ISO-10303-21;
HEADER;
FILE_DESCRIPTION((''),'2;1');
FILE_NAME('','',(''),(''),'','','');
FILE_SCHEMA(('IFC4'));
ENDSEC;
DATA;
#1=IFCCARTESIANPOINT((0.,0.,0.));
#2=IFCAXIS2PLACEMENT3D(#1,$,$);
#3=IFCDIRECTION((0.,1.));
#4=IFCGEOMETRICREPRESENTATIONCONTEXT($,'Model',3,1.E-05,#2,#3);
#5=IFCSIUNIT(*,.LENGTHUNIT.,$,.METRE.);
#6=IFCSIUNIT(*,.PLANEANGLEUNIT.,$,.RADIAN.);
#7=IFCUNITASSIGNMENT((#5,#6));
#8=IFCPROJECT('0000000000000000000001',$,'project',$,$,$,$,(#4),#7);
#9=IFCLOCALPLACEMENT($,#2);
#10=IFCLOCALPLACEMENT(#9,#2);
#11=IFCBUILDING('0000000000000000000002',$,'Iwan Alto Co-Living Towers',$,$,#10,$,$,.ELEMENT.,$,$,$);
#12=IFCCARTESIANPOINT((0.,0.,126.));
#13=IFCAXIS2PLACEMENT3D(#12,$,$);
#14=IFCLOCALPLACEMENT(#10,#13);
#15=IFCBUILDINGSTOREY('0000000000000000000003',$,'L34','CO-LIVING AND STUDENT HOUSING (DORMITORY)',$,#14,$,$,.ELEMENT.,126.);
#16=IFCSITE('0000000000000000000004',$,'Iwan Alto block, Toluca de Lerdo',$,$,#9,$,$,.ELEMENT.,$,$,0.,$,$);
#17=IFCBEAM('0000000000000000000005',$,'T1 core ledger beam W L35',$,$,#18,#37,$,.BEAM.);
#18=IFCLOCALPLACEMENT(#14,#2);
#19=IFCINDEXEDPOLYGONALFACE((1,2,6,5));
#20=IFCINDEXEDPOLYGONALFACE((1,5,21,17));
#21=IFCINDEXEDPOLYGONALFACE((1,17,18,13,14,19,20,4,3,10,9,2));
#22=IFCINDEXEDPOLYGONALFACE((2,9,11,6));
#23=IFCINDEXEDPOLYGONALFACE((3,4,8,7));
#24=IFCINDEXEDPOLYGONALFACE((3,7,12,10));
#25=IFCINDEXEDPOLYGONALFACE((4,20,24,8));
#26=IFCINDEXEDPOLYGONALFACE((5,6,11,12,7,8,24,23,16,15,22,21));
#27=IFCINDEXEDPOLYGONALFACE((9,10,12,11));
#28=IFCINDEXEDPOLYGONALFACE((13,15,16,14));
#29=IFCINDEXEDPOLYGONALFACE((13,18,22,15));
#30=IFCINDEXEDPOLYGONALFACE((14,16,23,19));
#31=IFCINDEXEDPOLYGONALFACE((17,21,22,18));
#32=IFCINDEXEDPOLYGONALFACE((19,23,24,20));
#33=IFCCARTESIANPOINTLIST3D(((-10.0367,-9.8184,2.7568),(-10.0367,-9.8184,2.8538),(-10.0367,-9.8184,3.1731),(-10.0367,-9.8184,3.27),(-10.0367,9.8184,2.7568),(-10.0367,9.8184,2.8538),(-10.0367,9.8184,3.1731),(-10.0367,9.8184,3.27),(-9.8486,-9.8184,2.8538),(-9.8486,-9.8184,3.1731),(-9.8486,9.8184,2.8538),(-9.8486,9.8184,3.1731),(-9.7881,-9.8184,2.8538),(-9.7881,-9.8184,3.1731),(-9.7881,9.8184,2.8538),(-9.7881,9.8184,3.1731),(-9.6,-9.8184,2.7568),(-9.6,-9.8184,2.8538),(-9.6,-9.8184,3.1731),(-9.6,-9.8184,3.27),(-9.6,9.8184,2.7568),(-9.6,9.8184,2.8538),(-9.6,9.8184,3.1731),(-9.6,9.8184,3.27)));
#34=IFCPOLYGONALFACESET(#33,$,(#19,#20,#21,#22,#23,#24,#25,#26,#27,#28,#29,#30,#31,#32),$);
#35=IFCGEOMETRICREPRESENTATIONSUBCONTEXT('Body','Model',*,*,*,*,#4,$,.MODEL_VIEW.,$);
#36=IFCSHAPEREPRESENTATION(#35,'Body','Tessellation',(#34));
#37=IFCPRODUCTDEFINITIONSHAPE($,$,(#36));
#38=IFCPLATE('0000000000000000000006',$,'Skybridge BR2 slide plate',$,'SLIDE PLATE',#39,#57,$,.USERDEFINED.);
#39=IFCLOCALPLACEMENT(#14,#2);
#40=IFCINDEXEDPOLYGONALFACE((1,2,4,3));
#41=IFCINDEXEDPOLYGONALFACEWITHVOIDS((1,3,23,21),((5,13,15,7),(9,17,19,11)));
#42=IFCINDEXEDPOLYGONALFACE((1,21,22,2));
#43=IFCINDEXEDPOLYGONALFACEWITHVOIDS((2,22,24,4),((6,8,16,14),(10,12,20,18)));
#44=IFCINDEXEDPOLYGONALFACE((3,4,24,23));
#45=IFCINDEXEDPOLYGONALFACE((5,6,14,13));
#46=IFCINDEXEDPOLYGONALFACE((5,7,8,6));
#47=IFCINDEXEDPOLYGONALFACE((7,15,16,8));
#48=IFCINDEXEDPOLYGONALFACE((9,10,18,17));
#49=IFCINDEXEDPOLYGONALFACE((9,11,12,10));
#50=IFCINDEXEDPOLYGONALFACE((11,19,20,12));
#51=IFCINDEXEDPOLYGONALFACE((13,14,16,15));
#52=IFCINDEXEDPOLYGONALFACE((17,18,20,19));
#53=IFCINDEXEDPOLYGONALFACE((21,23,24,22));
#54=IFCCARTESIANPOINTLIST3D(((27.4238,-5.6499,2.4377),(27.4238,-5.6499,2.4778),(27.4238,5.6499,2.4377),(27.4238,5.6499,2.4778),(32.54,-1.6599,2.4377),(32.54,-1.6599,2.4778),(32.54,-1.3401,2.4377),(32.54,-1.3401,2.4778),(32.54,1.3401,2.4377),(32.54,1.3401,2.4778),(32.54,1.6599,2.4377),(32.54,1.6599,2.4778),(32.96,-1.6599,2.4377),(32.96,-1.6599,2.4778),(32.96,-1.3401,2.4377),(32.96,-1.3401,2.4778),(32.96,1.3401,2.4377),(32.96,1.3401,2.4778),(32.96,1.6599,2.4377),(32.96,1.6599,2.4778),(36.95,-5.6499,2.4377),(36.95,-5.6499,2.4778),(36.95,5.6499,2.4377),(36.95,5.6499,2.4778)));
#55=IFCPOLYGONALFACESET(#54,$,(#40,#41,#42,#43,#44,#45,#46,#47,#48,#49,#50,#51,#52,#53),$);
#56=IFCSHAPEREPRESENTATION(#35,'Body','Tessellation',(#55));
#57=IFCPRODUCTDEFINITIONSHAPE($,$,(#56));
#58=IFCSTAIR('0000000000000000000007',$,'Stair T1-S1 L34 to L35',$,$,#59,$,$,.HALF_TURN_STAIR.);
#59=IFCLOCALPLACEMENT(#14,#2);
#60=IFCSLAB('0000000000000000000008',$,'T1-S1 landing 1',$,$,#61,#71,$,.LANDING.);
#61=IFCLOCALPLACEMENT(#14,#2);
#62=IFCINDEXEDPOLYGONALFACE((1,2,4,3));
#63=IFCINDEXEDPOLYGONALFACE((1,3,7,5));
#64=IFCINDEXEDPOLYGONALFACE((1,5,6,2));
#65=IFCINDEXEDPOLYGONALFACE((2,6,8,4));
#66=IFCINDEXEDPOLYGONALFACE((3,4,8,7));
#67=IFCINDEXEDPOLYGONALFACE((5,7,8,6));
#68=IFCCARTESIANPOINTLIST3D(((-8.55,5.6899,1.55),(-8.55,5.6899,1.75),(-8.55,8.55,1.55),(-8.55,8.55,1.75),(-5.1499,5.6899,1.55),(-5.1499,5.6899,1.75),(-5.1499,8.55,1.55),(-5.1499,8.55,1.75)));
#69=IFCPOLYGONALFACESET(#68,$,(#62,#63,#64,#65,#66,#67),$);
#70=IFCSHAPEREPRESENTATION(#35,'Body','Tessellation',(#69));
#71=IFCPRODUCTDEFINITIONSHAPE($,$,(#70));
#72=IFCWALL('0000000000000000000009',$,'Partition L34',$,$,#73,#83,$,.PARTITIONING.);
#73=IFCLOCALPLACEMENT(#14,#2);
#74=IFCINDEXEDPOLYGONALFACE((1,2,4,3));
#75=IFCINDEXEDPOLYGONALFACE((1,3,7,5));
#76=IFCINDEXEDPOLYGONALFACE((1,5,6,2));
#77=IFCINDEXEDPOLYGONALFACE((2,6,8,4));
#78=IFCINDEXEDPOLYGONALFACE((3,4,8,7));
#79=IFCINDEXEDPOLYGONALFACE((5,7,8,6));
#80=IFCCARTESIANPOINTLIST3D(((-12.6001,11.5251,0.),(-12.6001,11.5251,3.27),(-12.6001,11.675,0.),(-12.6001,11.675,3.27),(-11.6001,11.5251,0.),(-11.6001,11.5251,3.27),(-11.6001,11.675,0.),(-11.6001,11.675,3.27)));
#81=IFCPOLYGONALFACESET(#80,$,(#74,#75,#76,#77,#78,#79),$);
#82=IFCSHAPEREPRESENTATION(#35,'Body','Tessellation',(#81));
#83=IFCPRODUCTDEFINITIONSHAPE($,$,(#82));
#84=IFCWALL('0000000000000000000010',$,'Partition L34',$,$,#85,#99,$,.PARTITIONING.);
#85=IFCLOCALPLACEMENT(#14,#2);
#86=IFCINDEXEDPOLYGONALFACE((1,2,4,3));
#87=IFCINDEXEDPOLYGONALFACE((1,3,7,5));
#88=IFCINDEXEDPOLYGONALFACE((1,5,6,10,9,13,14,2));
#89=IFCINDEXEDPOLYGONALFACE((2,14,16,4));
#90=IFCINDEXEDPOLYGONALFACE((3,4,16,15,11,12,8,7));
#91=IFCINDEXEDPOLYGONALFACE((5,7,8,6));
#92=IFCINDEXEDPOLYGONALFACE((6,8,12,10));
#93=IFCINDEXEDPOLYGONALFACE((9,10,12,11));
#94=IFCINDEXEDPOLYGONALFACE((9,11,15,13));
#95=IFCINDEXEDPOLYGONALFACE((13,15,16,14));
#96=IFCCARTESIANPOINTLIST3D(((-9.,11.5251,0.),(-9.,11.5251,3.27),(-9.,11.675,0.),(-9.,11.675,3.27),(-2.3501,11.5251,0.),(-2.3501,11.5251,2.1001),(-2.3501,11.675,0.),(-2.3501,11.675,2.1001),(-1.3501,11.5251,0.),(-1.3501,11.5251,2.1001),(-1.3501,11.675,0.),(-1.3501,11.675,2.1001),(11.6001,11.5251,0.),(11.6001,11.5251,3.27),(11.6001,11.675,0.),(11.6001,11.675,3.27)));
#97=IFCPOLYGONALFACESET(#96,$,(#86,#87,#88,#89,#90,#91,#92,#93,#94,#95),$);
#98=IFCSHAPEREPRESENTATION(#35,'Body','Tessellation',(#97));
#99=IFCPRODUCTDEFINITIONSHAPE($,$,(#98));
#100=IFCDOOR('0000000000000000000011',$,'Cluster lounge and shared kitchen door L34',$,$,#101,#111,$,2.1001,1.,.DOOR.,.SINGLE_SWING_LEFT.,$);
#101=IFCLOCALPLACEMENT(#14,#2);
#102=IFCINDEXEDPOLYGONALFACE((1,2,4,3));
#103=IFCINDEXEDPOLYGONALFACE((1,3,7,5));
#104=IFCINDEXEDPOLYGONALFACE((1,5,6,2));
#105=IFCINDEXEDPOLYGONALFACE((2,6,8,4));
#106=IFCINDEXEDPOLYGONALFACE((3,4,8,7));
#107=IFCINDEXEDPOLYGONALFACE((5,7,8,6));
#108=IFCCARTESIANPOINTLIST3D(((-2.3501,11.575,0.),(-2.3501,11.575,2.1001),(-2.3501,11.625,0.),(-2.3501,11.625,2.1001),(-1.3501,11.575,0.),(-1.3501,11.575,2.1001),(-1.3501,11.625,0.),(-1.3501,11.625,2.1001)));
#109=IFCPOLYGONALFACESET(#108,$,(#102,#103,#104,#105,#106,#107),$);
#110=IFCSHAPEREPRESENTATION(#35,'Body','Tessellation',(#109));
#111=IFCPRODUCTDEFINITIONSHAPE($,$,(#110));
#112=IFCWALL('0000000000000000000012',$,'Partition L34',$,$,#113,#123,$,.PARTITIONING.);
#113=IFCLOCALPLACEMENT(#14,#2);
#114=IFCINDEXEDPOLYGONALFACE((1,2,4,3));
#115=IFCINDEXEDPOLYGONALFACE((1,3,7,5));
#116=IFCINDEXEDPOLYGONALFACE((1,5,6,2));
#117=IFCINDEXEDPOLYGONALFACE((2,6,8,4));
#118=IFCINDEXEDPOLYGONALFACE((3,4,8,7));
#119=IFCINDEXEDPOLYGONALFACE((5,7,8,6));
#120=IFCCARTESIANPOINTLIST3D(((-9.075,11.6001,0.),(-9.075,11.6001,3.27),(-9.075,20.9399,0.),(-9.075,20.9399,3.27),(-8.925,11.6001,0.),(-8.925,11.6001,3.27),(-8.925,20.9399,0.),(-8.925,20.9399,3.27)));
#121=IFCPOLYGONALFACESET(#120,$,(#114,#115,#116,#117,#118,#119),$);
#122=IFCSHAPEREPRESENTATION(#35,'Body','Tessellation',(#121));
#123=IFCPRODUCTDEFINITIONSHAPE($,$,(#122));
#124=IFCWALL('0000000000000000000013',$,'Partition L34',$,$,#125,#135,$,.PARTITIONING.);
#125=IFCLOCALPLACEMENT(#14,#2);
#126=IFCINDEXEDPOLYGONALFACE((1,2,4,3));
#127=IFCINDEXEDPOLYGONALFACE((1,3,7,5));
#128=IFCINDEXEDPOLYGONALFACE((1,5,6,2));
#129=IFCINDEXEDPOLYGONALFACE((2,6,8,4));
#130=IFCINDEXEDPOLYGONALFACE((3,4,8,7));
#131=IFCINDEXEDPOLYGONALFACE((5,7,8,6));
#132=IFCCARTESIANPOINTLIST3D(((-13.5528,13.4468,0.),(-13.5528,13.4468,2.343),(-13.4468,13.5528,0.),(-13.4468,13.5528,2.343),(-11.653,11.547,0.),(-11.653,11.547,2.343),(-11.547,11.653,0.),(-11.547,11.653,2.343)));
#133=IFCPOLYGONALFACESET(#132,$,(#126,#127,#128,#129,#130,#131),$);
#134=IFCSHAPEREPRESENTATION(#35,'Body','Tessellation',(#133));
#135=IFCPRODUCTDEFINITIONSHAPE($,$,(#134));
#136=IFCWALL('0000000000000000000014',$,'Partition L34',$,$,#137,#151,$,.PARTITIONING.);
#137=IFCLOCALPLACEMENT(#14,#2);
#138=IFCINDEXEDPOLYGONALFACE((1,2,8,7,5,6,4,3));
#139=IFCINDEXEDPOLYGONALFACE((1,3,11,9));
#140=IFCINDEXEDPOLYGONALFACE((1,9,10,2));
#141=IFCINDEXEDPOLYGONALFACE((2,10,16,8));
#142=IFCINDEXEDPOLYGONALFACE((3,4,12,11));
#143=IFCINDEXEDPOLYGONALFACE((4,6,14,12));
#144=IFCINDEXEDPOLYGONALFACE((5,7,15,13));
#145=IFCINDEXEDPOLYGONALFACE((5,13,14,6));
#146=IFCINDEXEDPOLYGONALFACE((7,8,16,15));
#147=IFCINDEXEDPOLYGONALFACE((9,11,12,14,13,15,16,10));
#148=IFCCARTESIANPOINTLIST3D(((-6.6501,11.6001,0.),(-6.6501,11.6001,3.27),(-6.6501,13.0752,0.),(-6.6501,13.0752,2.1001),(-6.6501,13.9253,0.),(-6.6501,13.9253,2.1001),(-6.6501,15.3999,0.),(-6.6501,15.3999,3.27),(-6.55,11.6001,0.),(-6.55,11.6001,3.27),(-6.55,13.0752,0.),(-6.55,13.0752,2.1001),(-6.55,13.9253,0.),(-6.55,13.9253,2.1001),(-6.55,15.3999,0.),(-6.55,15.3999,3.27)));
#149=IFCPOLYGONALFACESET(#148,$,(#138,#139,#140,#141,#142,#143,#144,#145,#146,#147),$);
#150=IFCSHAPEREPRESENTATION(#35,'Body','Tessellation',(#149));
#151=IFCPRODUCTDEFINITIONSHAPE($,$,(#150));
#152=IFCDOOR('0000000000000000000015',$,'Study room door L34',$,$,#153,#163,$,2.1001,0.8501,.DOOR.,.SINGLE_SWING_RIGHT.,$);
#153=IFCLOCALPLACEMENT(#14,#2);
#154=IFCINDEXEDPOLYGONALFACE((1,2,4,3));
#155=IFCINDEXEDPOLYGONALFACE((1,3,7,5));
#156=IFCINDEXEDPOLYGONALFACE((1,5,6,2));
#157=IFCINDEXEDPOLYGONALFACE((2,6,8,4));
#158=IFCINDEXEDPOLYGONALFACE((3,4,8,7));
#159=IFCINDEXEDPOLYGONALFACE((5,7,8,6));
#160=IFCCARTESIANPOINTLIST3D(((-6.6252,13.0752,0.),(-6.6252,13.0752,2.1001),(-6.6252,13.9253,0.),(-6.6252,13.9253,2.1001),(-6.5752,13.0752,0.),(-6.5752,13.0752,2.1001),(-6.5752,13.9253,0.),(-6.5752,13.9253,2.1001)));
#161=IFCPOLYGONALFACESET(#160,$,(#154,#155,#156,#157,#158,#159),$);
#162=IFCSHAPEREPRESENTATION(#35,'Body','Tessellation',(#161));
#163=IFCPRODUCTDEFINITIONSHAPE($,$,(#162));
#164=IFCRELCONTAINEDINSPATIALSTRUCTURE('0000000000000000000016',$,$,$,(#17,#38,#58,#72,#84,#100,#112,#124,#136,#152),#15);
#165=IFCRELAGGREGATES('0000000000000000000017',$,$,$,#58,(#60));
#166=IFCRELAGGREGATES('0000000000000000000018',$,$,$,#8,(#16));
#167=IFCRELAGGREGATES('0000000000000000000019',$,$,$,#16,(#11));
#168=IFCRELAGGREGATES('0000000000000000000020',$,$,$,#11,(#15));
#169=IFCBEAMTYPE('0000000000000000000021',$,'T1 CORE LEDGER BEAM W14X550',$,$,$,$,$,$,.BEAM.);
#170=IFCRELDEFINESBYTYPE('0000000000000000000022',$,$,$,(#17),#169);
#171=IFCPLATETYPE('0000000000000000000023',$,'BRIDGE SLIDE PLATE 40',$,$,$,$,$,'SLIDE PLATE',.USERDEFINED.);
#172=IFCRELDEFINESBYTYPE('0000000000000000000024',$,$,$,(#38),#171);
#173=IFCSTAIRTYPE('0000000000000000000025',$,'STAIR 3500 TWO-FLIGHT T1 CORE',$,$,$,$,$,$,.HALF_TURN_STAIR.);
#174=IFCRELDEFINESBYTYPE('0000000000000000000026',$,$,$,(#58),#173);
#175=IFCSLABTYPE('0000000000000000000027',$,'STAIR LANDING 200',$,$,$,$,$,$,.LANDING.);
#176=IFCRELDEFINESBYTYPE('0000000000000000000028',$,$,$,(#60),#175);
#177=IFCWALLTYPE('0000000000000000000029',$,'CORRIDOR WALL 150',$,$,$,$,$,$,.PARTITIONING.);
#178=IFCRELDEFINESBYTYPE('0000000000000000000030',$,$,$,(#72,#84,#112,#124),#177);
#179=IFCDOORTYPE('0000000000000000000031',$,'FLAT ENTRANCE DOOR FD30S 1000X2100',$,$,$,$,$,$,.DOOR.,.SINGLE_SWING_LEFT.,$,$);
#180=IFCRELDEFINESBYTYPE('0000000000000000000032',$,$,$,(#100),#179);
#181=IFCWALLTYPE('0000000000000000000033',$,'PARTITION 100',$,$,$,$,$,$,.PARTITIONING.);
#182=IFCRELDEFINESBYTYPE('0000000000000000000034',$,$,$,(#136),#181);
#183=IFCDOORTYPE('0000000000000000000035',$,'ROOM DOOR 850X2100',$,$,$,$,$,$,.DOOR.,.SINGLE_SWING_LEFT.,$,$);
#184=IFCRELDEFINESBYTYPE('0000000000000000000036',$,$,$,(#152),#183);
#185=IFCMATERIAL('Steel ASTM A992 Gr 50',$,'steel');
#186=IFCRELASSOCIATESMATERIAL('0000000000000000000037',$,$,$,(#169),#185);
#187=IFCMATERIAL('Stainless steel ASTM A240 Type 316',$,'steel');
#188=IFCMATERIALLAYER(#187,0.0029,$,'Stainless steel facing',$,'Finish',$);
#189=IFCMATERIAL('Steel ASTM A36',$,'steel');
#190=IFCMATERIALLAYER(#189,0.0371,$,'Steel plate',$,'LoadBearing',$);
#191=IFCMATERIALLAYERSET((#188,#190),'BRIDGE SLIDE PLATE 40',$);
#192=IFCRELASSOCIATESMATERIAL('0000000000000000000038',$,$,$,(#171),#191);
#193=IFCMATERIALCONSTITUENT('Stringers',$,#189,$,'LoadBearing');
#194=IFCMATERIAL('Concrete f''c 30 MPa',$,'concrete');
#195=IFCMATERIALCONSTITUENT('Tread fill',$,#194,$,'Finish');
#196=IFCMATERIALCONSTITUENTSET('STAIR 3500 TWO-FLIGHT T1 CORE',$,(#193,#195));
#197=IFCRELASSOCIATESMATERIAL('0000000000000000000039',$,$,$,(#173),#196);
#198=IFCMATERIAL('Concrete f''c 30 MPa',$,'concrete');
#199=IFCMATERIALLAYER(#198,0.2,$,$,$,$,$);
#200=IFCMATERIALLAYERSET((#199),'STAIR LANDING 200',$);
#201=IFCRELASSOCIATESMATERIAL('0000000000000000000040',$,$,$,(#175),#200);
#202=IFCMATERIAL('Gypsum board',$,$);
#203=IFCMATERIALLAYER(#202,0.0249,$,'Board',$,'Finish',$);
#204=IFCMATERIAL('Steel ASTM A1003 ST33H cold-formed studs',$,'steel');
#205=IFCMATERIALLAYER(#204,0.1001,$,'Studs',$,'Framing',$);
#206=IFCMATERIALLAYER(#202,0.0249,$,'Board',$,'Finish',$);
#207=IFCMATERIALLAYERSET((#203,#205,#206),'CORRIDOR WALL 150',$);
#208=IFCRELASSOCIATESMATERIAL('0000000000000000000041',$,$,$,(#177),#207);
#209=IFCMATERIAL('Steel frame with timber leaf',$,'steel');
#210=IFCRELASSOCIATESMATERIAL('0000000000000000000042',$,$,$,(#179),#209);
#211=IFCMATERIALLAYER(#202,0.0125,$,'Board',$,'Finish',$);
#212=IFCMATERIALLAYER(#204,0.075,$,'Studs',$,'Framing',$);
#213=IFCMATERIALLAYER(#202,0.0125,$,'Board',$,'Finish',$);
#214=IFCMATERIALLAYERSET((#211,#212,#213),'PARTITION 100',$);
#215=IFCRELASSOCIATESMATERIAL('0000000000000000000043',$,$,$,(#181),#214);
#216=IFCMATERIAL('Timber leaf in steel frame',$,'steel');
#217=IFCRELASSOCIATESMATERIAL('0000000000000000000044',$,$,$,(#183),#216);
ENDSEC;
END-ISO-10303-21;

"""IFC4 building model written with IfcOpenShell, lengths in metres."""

from ifc_helpers import new_model, si_unit, direction, frame, frame_2d, origin, origin_2d, place, context, subcontext, project, spatial, polyline, rectangle, i_section, outline, extrude, material, layer, layer_set, constituent, constituent_set, material_profile, profile_set, type_object, element, fill, aggregate, save


model = new_model("IFC4")

# Units and contexts
model_context = context("Model", 3, precision=1e-05, world=origin(), true_north=direction((0.0, 1.0)))
body_context = subcontext(model_context, "Body", "Model", "MODEL_VIEW")
ifc_project = project(units=[si_unit("LENGTHUNIT", "METRE"), si_unit("PLANEANGLEUNIT", "RADIAN")], contexts=[model_context])

# Site, building, storey
site_placement = place(None, origin())
site = spatial("IfcSite", under=ifc_project, at=site_placement, Name="Iwan Alto block, Toluca de Lerdo", CompositionType="ELEMENT", RefElevation=0.0)
building_placement = place(site_placement, origin())
building = spatial("IfcBuilding", under=site, at=building_placement, Name="Iwan Alto Co-Living Towers", CompositionType="ELEMENT")
storey_placement = place(building_placement, frame((0.0, 0.0, 126.0)))
storey = spatial("IfcBuildingStorey", under=building, at=storey_placement, Name="L34", Description="CO-LIVING AND STUDENT HOUSING (DORMITORY)", CompositionType="ELEMENT", Elevation=126.0)

# Beam
ifc_material_1 = material(Name="Steel ASTM A992 Gr 50", Category="steel")
ifc_material_profile = material_profile(ifc_material_1, i_section(OverallWidth=0.4368, OverallDepth=0.5132, WebThickness=0.0605, FlangeThickness=0.0969, at=origin_2d()), Name="W14X550")
ifc_profile_set = profile_set([ifc_material_profile], Name="Steel ASTM A992 Gr 50")
beam_type = type_object("IfcBeamType", Name="T1 CORE LEDGER BEAM W14X550", PredefinedType="BEAM", material=ifc_profile_set)
beam_placement = place(storey_placement, frame((-9.8184, 9.8184, 3.0134), z_axis=(0.0, -1.0, 0.0), x_axis=(1.0, 0.0, 0.0)))
element("IfcBeam", 1, at=beam_placement, inside=storey, type_object=beam_type, Name="T1 core ledger beam W L35", PredefinedType="BEAM", context=body_context, shape_type="SweptSolid", body=[
    extrude(i_section(OverallWidth=0.4368, OverallDepth=0.5132, WebThickness=0.0605, FlangeThickness=0.0969, at=origin_2d()), origin(), (0.0, 0.0, 1.0), 19.6367),
])

# Plate
ifc_material_2 = material(Name="Stainless steel ASTM A240 Type 316", Category="steel")
ifc_layer_1 = layer(ifc_material_2, 0.0029, Name="Stainless steel facing", Category="Finish")
ifc_material_3 = material(Name="Steel ASTM A36", Category="steel")
ifc_layer_2 = layer(ifc_material_3, 0.0371, Name="Steel plate", Category="LoadBearing")
ifc_layer_set_1 = layer_set([ifc_layer_1, ifc_layer_2], Name="BRIDGE SLIDE PLATE 40")
plate_type = type_object("IfcPlateType", Name="BRIDGE SLIDE PLATE 40", ElementType="SLIDE PLATE", PredefinedType="USERDEFINED", material=ifc_layer_set_1)
plate_placement = place(storey_placement, frame((0.0, 0.0, 2.4377)))
element("IfcPlate", 2, at=plate_placement, inside=storey, type_object=plate_type, Name="Skybridge BR2 slide plate", ObjectType="SLIDE PLATE", PredefinedType="USERDEFINED", context=body_context, shape_type="SweptSolid", body=[
    extrude(outline(polyline([(27.4238, -5.6499), (36.95, -5.6499), (36.95, 5.6499), (27.4238, 5.6499), (27.4238, -5.6499)]), holes=[polyline([(32.54, -1.6599), (32.96, -1.6599), (32.96, -1.3401), (32.54, -1.3401), (32.54, -1.6599)]), polyline([(32.54, 1.3401), (32.96, 1.3401), (32.96, 1.6599), (32.54, 1.6599), (32.54, 1.3401)])]), origin(), (0.0, 0.0, 1.0), 0.04),
])

# Stair, slab
ifc_constituent_1 = constituent(ifc_material_3, Name="Stringers", Category="LoadBearing")
ifc_material_4 = material(Name="Concrete f'c 30 MPa", Category="concrete")
ifc_constituent_2 = constituent(ifc_material_4, Name="Tread fill", Category="Finish")
ifc_constituent_set_1 = constituent_set(constituents=[ifc_constituent_1, ifc_constituent_2], Name="STAIR 3500 TWO-FLIGHT T1 CORE")
stair_type = type_object("IfcStairType", Name="STAIR 3500 TWO-FLIGHT T1 CORE", PredefinedType="HALF_TURN_STAIR", material=ifc_constituent_set_1)
stair_placement = place(storey_placement, origin())
stair = element("IfcStair", 3, at=stair_placement, inside=storey, type_object=stair_type, Name="Stair T1-S1 L34 to L35", PredefinedType="HALF_TURN_STAIR")
ifc_material_5 = material(Name="Concrete f'c 30 MPa", Category="concrete")
ifc_layer_3 = layer(ifc_material_5, 0.2)
ifc_layer_set_2 = layer_set([ifc_layer_3], Name="STAIR LANDING 200")
slab_type = type_object("IfcSlabType", Name="STAIR LANDING 200", PredefinedType="LANDING", material=ifc_layer_set_2)
slab_placement = place(storey_placement, frame((0.0, 0.0, 1.55)))
slab = element("IfcSlab", 4, at=slab_placement, type_object=slab_type, Name="T1-S1 landing 1", PredefinedType="LANDING", context=body_context, shape_type="SweptSolid", body=[
    extrude(outline(polyline([(-8.55, 5.6899), (-8.55, 8.55), (-5.1499, 8.55), (-5.1499, 5.6899), (-8.55, 5.6899)])), origin(), (0.0, 0.0, 1.0), 0.2),
])

# Wall
ifc_material_6 = material(Name="Gypsum board")
ifc_layer_4 = layer(ifc_material_6, 0.0249, Name="Board", Category="Finish")
ifc_material_7 = material(Name="Steel ASTM A1003 ST33H cold-formed studs", Category="steel")
ifc_layer_5 = layer(ifc_material_7, 0.1001, Name="Studs", Category="Framing")
ifc_layer_6 = layer(ifc_material_6, 0.0249, Name="Board", Category="Finish")
ifc_layer_set_3 = layer_set([ifc_layer_4, ifc_layer_5, ifc_layer_6], Name="CORRIDOR WALL 150")
wall_type_1 = type_object("IfcWallType", Name="CORRIDOR WALL 150", PredefinedType="PARTITIONING", material=ifc_layer_set_3)
wall_1_placement = place(storey_placement, frame((-12.6001, 11.6001, 0.0), z_axis=(0.0, 0.0, 1.0), x_axis=(1.0, 0.0, 0.0)))
element("IfcWall", 5, at=wall_1_placement, inside=storey, type_object=wall_type_1, Name="Partition L34", PredefinedType="PARTITIONING", context=body_context, shape_type="SweptSolid", body=[
    extrude(rectangle(XDim=1.0, YDim=0.1499, at=frame_2d((0.5, 0.0))), origin(), (0.0, 0.0, 1.0), 3.27),
])

# Wall, opening, door
wall_2_placement = place(storey_placement, frame((-9.0, 11.6001, 0.0), z_axis=(0.0, 0.0, 1.0), x_axis=(1.0, 0.0, 0.0)))
wall_2 = element("IfcWall", 6, at=wall_2_placement, inside=storey, type_object=wall_type_1, Name="Partition L34", PredefinedType="PARTITIONING", context=body_context, shape_type="SweptSolid", body=[
    extrude(rectangle(XDim=20.6001, YDim=0.1499, at=frame_2d((10.3, 0.0))), origin(), (0.0, 0.0, 1.0), 3.27),
])
opening_1_placement = place(wall_2_placement, frame((6.6499, 0.0, 0.0)))
opening_1 = element("IfcOpeningElement", 7, at=opening_1_placement, cuts=wall_2, PredefinedType="OPENING", context=body_context, shape_type="SweptSolid", body=[
    extrude(rectangle(XDim=1.0, YDim=2.1001, at=frame_2d((0.5, 1.05))), frame((0.0, 0.085, 0.0), z_axis=(0.0, -1.0, 0.0), x_axis=(1.0, 0.0, 0.0)), (0.0, 0.0, 1.0), 0.1699),
])
ifc_material_8 = material(Name="Steel frame with timber leaf", Category="steel")
door_type_1 = type_object("IfcDoorType", Name="FLAT ENTRANCE DOOR FD30S 1000X2100", OperationType="SINGLE_SWING_LEFT", PredefinedType="DOOR", material=ifc_material_8)
door_1_placement = place(opening_1_placement, origin())
door_1 = element("IfcDoor", 8, at=door_1_placement, inside=storey, type_object=door_type_1, Name="Cluster lounge and shared kitchen door L34", OperationType="SINGLE_SWING_LEFT", OverallHeight=2.1001, OverallWidth=1.0, PredefinedType="DOOR", context=body_context, shape_type="SweptSolid", body=[
    extrude(rectangle(XDim=1.0, YDim=2.1001, at=frame_2d((0.5, 1.05))), frame((0.0, 0.0249, 0.0), z_axis=(0.0, -1.0, 0.0), x_axis=(1.0, 0.0, 0.0)), (0.0, 0.0, 1.0), 0.05),
])
fill(opening_1, door_1)

# Walls
wall_3_placement = place(storey_placement, frame((-9.0, 11.6001, 0.0), z_axis=(0.0, 0.0, 1.0), x_axis=(0.0, 1.0, 0.0)))
element("IfcWall", 9, at=wall_3_placement, inside=storey, type_object=wall_type_1, Name="Partition L34", PredefinedType="PARTITIONING", context=body_context, shape_type="SweptSolid", body=[
    extrude(rectangle(XDim=9.3398, YDim=0.1499, at=frame_2d((4.6699, 0.0))), origin(), (0.0, 0.0, 1.0), 3.27),
])
wall_4_placement = place(storey_placement, frame((-11.6001, 11.6001, 0.0), z_axis=(0.0, 0.0, 1.0), x_axis=(-0.707107, 0.707107, 0.0)))
element("IfcWall", 10, at=wall_4_placement, inside=storey, type_object=wall_type_1, Name="Partition L34", PredefinedType="PARTITIONING", context=body_context, shape_type="SweptSolid", body=[
    extrude(rectangle(XDim=2.6868, YDim=0.1499, at=frame_2d((1.3433, 0.0))), origin(), (0.0, 0.0, 1.0), 2.343),
])

# Wall, opening, door
ifc_layer_7 = layer(ifc_material_6, 0.0125, Name="Board", Category="Finish")
ifc_layer_8 = layer(ifc_material_7, 0.075, Name="Studs", Category="Framing")
ifc_layer_9 = layer(ifc_material_6, 0.0125, Name="Board", Category="Finish")
ifc_layer_set_4 = layer_set([ifc_layer_7, ifc_layer_8, ifc_layer_9], Name="PARTITION 100")
wall_type_2 = type_object("IfcWallType", Name="PARTITION 100", PredefinedType="PARTITIONING", material=ifc_layer_set_4)
wall_5_placement = place(storey_placement, frame((-6.6001, 11.6001, 0.0), z_axis=(0.0, 0.0, 1.0), x_axis=(0.0, 1.0, 0.0)))
wall_5 = element("IfcWall", 11, at=wall_5_placement, inside=storey, type_object=wall_type_2, Name="Partition L34", PredefinedType="PARTITIONING", context=body_context, shape_type="SweptSolid", body=[
    extrude(rectangle(XDim=3.7998, YDim=0.1001, at=frame_2d((1.8999, 0.0))), origin(), (0.0, 0.0, 1.0), 3.27),
])
opening_2_placement = place(wall_5_placement, frame((1.4751, 0.0, 0.0)))
opening_2 = element("IfcOpeningElement", 12, at=opening_2_placement, cuts=wall_5, PredefinedType="OPENING", context=body_context, shape_type="SweptSolid", body=[
    extrude(rectangle(XDim=0.8501, YDim=2.1001, at=frame_2d((0.425, 1.05))), frame((0.0, 0.0601, 0.0), z_axis=(0.0, -1.0, 0.0), x_axis=(1.0, 0.0, 0.0)), (0.0, 0.0, 1.0), 0.1201),
])
ifc_material_9 = material(Name="Timber leaf in steel frame", Category="steel")
door_type_2 = type_object("IfcDoorType", Name="ROOM DOOR 850X2100", OperationType="SINGLE_SWING_LEFT", PredefinedType="DOOR", material=ifc_material_9)
door_2_placement = place(opening_2_placement, frame((0.8501, 0.0, 0.0), z_axis=(0.0, 0.0, 1.0), x_axis=(-1.0, 0.0, 0.0)))
door_2 = element("IfcDoor", 13, at=door_2_placement, inside=storey, type_object=door_type_2, Name="Study room door L34", OperationType="SINGLE_SWING_RIGHT", OverallHeight=2.1001, OverallWidth=0.8501, PredefinedType="DOOR", context=body_context, shape_type="SweptSolid", body=[
    extrude(rectangle(XDim=0.8501, YDim=2.1001, at=frame_2d((0.425, 1.05))), frame((0.0, 0.0249, 0.0), z_axis=(0.0, -1.0, 0.0), x_axis=(1.0, 0.0, 0.0)), (0.0, 0.0, 1.0), 0.05),
])
fill(opening_2, door_2)

aggregate(stair, [slab])

save(model, "model.ifc")
